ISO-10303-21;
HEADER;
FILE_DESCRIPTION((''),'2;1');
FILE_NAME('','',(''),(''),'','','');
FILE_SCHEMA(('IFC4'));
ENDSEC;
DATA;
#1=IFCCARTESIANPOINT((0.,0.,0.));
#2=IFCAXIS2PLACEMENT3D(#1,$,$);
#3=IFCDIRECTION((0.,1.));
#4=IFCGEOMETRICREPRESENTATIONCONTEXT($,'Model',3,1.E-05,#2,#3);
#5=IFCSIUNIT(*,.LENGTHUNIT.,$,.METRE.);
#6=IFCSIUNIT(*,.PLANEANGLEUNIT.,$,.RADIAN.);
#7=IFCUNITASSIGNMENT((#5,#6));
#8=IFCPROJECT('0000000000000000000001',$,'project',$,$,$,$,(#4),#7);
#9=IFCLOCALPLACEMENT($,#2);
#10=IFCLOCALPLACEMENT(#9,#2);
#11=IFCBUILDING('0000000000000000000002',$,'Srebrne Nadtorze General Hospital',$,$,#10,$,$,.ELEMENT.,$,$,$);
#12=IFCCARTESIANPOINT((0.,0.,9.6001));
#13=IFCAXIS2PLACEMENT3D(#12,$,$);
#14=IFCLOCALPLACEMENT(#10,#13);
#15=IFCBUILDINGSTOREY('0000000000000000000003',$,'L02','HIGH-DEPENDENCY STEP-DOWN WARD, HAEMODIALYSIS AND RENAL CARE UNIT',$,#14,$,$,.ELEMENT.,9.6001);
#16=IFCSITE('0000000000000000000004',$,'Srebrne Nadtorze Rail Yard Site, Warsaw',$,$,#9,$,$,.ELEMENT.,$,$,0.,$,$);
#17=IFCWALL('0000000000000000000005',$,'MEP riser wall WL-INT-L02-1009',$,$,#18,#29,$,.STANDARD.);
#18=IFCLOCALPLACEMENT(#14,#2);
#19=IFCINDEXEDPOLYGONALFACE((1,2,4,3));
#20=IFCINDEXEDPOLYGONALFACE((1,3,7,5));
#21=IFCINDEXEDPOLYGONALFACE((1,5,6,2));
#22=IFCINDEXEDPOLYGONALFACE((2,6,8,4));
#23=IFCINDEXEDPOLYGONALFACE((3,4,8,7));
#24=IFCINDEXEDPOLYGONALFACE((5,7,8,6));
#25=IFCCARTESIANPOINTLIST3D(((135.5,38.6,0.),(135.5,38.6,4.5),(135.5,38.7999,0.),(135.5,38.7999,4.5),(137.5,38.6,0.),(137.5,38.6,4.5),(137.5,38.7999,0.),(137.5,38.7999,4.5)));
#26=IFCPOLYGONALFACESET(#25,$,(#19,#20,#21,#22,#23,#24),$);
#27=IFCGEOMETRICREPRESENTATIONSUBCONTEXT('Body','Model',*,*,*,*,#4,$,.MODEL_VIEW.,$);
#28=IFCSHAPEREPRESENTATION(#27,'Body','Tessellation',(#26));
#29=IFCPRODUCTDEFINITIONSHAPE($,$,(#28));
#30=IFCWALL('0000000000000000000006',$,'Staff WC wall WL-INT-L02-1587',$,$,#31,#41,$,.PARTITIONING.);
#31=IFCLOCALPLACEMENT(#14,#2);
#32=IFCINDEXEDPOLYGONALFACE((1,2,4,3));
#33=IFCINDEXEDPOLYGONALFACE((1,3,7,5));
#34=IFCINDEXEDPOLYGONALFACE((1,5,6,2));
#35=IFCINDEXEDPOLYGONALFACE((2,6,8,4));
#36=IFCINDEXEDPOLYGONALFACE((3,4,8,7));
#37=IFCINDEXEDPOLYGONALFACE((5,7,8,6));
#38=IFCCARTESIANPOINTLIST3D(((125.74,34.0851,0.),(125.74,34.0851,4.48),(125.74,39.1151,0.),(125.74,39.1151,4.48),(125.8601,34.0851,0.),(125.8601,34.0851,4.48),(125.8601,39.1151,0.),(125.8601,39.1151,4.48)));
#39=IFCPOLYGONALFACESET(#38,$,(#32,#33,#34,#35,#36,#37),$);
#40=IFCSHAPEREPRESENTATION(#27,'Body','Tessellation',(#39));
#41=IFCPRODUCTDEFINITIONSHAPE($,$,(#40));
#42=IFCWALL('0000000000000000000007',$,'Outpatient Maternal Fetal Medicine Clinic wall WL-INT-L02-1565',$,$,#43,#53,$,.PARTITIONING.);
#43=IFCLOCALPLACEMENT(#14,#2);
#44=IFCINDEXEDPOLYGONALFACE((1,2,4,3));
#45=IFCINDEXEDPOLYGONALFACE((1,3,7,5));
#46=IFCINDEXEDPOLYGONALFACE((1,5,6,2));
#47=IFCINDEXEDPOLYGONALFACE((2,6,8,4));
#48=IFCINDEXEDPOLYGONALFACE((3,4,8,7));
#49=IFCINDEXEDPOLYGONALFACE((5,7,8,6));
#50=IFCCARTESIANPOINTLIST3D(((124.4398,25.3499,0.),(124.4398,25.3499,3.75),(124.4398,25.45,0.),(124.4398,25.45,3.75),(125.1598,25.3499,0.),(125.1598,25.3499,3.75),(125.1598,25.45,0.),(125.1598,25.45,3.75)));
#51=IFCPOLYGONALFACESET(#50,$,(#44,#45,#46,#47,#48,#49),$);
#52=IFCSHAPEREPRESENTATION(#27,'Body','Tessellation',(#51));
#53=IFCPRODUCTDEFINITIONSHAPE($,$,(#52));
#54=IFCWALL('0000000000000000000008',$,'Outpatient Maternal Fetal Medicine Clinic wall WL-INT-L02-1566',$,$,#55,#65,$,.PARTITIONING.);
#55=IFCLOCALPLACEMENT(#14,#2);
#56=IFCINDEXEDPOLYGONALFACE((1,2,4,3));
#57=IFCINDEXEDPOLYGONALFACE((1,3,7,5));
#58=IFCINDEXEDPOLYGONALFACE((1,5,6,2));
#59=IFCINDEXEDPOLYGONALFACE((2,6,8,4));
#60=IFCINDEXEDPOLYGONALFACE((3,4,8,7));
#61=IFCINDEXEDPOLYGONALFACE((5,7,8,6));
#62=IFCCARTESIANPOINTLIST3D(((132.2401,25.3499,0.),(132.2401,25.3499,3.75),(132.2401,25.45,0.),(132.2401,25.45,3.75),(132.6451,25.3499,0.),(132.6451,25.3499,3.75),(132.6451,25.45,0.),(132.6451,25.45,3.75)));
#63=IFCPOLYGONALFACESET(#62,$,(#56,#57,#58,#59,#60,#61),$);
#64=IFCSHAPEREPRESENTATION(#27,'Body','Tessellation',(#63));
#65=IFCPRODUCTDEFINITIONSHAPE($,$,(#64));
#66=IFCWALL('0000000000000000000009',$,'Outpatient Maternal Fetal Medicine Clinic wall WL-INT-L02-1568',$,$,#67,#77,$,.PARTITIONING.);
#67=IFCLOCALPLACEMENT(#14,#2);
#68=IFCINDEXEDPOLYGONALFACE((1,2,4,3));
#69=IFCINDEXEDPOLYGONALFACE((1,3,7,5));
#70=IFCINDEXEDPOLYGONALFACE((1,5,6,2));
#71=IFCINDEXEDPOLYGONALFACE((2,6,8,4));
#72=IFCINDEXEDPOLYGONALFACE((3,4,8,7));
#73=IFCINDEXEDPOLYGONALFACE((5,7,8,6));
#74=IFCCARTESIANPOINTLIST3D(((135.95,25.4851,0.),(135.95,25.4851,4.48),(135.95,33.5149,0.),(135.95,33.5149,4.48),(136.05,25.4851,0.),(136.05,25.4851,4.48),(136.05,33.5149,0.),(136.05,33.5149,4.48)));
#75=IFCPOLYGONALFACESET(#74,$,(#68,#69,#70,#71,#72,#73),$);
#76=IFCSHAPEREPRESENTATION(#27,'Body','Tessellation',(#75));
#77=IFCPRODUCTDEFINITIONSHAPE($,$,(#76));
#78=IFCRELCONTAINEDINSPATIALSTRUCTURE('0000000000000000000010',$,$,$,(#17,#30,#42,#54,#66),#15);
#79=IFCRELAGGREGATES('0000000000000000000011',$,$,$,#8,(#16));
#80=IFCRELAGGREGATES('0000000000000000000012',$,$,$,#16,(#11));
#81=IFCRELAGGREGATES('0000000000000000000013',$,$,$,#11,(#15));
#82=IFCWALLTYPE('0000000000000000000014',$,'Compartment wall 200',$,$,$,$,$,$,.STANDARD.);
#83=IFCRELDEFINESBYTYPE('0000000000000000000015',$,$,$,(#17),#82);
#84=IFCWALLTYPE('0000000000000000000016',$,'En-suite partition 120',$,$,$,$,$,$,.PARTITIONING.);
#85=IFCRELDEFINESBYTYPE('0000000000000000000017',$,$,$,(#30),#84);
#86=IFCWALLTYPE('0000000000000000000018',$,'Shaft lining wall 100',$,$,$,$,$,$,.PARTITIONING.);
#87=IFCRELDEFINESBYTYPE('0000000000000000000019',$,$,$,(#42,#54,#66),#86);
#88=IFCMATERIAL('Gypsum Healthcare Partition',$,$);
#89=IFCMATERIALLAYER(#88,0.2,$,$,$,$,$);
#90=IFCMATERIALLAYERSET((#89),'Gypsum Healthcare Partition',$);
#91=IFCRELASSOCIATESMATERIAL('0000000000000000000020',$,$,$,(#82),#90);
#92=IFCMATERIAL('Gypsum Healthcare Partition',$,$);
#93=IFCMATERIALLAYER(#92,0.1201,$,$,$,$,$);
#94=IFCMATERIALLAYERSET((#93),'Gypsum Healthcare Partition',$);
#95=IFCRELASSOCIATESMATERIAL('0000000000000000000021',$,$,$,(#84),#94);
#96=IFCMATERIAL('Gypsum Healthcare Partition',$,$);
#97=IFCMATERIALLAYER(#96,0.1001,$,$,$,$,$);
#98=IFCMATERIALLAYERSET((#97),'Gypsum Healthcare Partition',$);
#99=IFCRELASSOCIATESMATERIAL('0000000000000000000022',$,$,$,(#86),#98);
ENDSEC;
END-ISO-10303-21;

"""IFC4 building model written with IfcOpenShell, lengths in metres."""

from ifc_helpers import new_model, si_unit, direction, frame, frame_2d, origin, place, context, subcontext, project, spatial, rectangle, extrude, material, layer, layer_set, type_object, element, save


model = new_model("IFC4")

# Units and contexts
model_context = context("Model", 3, precision=1e-05, world=origin(), true_north=direction((0.0, 1.0)))
body_context = subcontext(model_context, "Body", "Model", "MODEL_VIEW")
ifc_project = project(units=[si_unit("LENGTHUNIT", "METRE"), si_unit("PLANEANGLEUNIT", "RADIAN")], contexts=[model_context])

# Site, building, storey
site_placement = place(None, origin())
site = spatial("IfcSite", under=ifc_project, at=site_placement, Name="Srebrne Nadtorze Rail Yard Site, Warsaw", CompositionType="ELEMENT", RefElevation=0.0)
building_placement = place(site_placement, origin())
building = spatial("IfcBuilding", under=site, at=building_placement, Name="Srebrne Nadtorze General Hospital", CompositionType="ELEMENT")
storey_placement = place(building_placement, frame((0.0, 0.0, 9.6001)))
storey = spatial("IfcBuildingStorey", under=building, at=storey_placement, Name="L02", Description="HIGH-DEPENDENCY STEP-DOWN WARD, HAEMODIALYSIS AND RENAL CARE UNIT", CompositionType="ELEMENT", Elevation=9.6001)

# Walls
ifc_material_1 = material(Name="Gypsum Healthcare Partition")
ifc_layer_1 = layer(ifc_material_1, 0.2)
ifc_layer_set_1 = layer_set([ifc_layer_1], Name="Gypsum Healthcare Partition")
wall_type_1 = type_object("IfcWallType", Name="Compartment wall 200", PredefinedType="STANDARD", material=ifc_layer_set_1)
for number, where, z_axis, x_axis, name in (
    (1, (135.5, 38.7, 0.0), (0.0, 0.0, 1.0), (1.0, 0.0, 0.0), "MEP riser wall WL-INT-L02-1009"),
):
    element("IfcWall", number, at=place(storey_placement, frame(where, z_axis=z_axis, x_axis=x_axis)), inside=storey, type_object=wall_type_1, Name=name, PredefinedType="STANDARD", context=body_context, shape_type="SweptSolid", body=[
        extrude(rectangle(XDim=2.0, YDim=0.2, at=frame_2d((1.0, 0.0))), origin(), (0.0, 0.0, 1.0), 4.5),
    ])
ifc_material_2 = material(Name="Gypsum Healthcare Partition")
ifc_layer_2 = layer(ifc_material_2, 0.1201)
ifc_layer_set_2 = layer_set([ifc_layer_2], Name="Gypsum Healthcare Partition")
wall_type_2 = type_object("IfcWallType", Name="En-suite partition 120", PredefinedType="PARTITIONING", material=ifc_layer_set_2)
wall_1_placement = place(storey_placement, frame((125.8, 34.085, 0.0), z_axis=(0.0, 0.0, 1.0), x_axis=(0.0, 1.0, 0.0)))
element("IfcWall", 2, at=wall_1_placement, inside=storey, type_object=wall_type_2, Name="Staff WC wall WL-INT-L02-1587", PredefinedType="PARTITIONING", context=body_context, shape_type="SweptSolid", body=[
    extrude(rectangle(XDim=5.03, YDim=0.1201, at=frame_2d((2.5151, 0.0))), origin(), (0.0, 0.0, 1.0), 4.48),
])
ifc_material_3 = material(Name="Gypsum Healthcare Partition")
ifc_layer_3 = layer(ifc_material_3, 0.1001)
ifc_layer_set_3 = layer_set([ifc_layer_3], Name="Gypsum Healthcare Partition")
wall_type_3 = type_object("IfcWallType", Name="Shaft lining wall 100", PredefinedType="PARTITIONING", material=ifc_layer_set_3)
wall_2_placement = place(storey_placement, frame((124.4399, 25.3999, 0.0), z_axis=(0.0, 0.0, 1.0), x_axis=(1.0, 0.0, 0.0)))
element("IfcWall", 3, at=wall_2_placement, inside=storey, type_object=wall_type_3, Name="Outpatient Maternal Fetal Medicine Clinic wall WL-INT-L02-1565", PredefinedType="PARTITIONING", context=body_context, shape_type="SweptSolid", body=[
    extrude(rectangle(XDim=0.72, YDim=0.1001, at=frame_2d((0.3599, 0.0))), origin(), (0.0, 0.0, 1.0), 3.75),
])
wall_3_placement = place(storey_placement, frame((132.24, 25.3999, 0.0), z_axis=(0.0, 0.0, 1.0), x_axis=(1.0, 0.0, 0.0)))
element("IfcWall", 4, at=wall_3_placement, inside=storey, type_object=wall_type_3, Name="Outpatient Maternal Fetal Medicine Clinic wall WL-INT-L02-1566", PredefinedType="PARTITIONING", context=body_context, shape_type="SweptSolid", body=[
    extrude(rectangle(XDim=0.405, YDim=0.1001, at=frame_2d((0.2026, 0.0))), origin(), (0.0, 0.0, 1.0), 3.75),
])
wall_4_placement = place(storey_placement, frame((136.0, 25.4851, 0.0), z_axis=(0.0, 0.0, 1.0), x_axis=(0.0, 1.0, 0.0)))
element("IfcWall", 5, at=wall_4_placement, inside=storey, type_object=wall_type_3, Name="Outpatient Maternal Fetal Medicine Clinic wall WL-INT-L02-1568", PredefinedType="PARTITIONING", context=body_context, shape_type="SweptSolid", body=[
    extrude(rectangle(XDim=8.0298, YDim=0.1001, at=frame_2d((4.0149, 0.0))), origin(), (0.0, 0.0, 1.0), 4.48),
])

save(model, "model.ifc")
